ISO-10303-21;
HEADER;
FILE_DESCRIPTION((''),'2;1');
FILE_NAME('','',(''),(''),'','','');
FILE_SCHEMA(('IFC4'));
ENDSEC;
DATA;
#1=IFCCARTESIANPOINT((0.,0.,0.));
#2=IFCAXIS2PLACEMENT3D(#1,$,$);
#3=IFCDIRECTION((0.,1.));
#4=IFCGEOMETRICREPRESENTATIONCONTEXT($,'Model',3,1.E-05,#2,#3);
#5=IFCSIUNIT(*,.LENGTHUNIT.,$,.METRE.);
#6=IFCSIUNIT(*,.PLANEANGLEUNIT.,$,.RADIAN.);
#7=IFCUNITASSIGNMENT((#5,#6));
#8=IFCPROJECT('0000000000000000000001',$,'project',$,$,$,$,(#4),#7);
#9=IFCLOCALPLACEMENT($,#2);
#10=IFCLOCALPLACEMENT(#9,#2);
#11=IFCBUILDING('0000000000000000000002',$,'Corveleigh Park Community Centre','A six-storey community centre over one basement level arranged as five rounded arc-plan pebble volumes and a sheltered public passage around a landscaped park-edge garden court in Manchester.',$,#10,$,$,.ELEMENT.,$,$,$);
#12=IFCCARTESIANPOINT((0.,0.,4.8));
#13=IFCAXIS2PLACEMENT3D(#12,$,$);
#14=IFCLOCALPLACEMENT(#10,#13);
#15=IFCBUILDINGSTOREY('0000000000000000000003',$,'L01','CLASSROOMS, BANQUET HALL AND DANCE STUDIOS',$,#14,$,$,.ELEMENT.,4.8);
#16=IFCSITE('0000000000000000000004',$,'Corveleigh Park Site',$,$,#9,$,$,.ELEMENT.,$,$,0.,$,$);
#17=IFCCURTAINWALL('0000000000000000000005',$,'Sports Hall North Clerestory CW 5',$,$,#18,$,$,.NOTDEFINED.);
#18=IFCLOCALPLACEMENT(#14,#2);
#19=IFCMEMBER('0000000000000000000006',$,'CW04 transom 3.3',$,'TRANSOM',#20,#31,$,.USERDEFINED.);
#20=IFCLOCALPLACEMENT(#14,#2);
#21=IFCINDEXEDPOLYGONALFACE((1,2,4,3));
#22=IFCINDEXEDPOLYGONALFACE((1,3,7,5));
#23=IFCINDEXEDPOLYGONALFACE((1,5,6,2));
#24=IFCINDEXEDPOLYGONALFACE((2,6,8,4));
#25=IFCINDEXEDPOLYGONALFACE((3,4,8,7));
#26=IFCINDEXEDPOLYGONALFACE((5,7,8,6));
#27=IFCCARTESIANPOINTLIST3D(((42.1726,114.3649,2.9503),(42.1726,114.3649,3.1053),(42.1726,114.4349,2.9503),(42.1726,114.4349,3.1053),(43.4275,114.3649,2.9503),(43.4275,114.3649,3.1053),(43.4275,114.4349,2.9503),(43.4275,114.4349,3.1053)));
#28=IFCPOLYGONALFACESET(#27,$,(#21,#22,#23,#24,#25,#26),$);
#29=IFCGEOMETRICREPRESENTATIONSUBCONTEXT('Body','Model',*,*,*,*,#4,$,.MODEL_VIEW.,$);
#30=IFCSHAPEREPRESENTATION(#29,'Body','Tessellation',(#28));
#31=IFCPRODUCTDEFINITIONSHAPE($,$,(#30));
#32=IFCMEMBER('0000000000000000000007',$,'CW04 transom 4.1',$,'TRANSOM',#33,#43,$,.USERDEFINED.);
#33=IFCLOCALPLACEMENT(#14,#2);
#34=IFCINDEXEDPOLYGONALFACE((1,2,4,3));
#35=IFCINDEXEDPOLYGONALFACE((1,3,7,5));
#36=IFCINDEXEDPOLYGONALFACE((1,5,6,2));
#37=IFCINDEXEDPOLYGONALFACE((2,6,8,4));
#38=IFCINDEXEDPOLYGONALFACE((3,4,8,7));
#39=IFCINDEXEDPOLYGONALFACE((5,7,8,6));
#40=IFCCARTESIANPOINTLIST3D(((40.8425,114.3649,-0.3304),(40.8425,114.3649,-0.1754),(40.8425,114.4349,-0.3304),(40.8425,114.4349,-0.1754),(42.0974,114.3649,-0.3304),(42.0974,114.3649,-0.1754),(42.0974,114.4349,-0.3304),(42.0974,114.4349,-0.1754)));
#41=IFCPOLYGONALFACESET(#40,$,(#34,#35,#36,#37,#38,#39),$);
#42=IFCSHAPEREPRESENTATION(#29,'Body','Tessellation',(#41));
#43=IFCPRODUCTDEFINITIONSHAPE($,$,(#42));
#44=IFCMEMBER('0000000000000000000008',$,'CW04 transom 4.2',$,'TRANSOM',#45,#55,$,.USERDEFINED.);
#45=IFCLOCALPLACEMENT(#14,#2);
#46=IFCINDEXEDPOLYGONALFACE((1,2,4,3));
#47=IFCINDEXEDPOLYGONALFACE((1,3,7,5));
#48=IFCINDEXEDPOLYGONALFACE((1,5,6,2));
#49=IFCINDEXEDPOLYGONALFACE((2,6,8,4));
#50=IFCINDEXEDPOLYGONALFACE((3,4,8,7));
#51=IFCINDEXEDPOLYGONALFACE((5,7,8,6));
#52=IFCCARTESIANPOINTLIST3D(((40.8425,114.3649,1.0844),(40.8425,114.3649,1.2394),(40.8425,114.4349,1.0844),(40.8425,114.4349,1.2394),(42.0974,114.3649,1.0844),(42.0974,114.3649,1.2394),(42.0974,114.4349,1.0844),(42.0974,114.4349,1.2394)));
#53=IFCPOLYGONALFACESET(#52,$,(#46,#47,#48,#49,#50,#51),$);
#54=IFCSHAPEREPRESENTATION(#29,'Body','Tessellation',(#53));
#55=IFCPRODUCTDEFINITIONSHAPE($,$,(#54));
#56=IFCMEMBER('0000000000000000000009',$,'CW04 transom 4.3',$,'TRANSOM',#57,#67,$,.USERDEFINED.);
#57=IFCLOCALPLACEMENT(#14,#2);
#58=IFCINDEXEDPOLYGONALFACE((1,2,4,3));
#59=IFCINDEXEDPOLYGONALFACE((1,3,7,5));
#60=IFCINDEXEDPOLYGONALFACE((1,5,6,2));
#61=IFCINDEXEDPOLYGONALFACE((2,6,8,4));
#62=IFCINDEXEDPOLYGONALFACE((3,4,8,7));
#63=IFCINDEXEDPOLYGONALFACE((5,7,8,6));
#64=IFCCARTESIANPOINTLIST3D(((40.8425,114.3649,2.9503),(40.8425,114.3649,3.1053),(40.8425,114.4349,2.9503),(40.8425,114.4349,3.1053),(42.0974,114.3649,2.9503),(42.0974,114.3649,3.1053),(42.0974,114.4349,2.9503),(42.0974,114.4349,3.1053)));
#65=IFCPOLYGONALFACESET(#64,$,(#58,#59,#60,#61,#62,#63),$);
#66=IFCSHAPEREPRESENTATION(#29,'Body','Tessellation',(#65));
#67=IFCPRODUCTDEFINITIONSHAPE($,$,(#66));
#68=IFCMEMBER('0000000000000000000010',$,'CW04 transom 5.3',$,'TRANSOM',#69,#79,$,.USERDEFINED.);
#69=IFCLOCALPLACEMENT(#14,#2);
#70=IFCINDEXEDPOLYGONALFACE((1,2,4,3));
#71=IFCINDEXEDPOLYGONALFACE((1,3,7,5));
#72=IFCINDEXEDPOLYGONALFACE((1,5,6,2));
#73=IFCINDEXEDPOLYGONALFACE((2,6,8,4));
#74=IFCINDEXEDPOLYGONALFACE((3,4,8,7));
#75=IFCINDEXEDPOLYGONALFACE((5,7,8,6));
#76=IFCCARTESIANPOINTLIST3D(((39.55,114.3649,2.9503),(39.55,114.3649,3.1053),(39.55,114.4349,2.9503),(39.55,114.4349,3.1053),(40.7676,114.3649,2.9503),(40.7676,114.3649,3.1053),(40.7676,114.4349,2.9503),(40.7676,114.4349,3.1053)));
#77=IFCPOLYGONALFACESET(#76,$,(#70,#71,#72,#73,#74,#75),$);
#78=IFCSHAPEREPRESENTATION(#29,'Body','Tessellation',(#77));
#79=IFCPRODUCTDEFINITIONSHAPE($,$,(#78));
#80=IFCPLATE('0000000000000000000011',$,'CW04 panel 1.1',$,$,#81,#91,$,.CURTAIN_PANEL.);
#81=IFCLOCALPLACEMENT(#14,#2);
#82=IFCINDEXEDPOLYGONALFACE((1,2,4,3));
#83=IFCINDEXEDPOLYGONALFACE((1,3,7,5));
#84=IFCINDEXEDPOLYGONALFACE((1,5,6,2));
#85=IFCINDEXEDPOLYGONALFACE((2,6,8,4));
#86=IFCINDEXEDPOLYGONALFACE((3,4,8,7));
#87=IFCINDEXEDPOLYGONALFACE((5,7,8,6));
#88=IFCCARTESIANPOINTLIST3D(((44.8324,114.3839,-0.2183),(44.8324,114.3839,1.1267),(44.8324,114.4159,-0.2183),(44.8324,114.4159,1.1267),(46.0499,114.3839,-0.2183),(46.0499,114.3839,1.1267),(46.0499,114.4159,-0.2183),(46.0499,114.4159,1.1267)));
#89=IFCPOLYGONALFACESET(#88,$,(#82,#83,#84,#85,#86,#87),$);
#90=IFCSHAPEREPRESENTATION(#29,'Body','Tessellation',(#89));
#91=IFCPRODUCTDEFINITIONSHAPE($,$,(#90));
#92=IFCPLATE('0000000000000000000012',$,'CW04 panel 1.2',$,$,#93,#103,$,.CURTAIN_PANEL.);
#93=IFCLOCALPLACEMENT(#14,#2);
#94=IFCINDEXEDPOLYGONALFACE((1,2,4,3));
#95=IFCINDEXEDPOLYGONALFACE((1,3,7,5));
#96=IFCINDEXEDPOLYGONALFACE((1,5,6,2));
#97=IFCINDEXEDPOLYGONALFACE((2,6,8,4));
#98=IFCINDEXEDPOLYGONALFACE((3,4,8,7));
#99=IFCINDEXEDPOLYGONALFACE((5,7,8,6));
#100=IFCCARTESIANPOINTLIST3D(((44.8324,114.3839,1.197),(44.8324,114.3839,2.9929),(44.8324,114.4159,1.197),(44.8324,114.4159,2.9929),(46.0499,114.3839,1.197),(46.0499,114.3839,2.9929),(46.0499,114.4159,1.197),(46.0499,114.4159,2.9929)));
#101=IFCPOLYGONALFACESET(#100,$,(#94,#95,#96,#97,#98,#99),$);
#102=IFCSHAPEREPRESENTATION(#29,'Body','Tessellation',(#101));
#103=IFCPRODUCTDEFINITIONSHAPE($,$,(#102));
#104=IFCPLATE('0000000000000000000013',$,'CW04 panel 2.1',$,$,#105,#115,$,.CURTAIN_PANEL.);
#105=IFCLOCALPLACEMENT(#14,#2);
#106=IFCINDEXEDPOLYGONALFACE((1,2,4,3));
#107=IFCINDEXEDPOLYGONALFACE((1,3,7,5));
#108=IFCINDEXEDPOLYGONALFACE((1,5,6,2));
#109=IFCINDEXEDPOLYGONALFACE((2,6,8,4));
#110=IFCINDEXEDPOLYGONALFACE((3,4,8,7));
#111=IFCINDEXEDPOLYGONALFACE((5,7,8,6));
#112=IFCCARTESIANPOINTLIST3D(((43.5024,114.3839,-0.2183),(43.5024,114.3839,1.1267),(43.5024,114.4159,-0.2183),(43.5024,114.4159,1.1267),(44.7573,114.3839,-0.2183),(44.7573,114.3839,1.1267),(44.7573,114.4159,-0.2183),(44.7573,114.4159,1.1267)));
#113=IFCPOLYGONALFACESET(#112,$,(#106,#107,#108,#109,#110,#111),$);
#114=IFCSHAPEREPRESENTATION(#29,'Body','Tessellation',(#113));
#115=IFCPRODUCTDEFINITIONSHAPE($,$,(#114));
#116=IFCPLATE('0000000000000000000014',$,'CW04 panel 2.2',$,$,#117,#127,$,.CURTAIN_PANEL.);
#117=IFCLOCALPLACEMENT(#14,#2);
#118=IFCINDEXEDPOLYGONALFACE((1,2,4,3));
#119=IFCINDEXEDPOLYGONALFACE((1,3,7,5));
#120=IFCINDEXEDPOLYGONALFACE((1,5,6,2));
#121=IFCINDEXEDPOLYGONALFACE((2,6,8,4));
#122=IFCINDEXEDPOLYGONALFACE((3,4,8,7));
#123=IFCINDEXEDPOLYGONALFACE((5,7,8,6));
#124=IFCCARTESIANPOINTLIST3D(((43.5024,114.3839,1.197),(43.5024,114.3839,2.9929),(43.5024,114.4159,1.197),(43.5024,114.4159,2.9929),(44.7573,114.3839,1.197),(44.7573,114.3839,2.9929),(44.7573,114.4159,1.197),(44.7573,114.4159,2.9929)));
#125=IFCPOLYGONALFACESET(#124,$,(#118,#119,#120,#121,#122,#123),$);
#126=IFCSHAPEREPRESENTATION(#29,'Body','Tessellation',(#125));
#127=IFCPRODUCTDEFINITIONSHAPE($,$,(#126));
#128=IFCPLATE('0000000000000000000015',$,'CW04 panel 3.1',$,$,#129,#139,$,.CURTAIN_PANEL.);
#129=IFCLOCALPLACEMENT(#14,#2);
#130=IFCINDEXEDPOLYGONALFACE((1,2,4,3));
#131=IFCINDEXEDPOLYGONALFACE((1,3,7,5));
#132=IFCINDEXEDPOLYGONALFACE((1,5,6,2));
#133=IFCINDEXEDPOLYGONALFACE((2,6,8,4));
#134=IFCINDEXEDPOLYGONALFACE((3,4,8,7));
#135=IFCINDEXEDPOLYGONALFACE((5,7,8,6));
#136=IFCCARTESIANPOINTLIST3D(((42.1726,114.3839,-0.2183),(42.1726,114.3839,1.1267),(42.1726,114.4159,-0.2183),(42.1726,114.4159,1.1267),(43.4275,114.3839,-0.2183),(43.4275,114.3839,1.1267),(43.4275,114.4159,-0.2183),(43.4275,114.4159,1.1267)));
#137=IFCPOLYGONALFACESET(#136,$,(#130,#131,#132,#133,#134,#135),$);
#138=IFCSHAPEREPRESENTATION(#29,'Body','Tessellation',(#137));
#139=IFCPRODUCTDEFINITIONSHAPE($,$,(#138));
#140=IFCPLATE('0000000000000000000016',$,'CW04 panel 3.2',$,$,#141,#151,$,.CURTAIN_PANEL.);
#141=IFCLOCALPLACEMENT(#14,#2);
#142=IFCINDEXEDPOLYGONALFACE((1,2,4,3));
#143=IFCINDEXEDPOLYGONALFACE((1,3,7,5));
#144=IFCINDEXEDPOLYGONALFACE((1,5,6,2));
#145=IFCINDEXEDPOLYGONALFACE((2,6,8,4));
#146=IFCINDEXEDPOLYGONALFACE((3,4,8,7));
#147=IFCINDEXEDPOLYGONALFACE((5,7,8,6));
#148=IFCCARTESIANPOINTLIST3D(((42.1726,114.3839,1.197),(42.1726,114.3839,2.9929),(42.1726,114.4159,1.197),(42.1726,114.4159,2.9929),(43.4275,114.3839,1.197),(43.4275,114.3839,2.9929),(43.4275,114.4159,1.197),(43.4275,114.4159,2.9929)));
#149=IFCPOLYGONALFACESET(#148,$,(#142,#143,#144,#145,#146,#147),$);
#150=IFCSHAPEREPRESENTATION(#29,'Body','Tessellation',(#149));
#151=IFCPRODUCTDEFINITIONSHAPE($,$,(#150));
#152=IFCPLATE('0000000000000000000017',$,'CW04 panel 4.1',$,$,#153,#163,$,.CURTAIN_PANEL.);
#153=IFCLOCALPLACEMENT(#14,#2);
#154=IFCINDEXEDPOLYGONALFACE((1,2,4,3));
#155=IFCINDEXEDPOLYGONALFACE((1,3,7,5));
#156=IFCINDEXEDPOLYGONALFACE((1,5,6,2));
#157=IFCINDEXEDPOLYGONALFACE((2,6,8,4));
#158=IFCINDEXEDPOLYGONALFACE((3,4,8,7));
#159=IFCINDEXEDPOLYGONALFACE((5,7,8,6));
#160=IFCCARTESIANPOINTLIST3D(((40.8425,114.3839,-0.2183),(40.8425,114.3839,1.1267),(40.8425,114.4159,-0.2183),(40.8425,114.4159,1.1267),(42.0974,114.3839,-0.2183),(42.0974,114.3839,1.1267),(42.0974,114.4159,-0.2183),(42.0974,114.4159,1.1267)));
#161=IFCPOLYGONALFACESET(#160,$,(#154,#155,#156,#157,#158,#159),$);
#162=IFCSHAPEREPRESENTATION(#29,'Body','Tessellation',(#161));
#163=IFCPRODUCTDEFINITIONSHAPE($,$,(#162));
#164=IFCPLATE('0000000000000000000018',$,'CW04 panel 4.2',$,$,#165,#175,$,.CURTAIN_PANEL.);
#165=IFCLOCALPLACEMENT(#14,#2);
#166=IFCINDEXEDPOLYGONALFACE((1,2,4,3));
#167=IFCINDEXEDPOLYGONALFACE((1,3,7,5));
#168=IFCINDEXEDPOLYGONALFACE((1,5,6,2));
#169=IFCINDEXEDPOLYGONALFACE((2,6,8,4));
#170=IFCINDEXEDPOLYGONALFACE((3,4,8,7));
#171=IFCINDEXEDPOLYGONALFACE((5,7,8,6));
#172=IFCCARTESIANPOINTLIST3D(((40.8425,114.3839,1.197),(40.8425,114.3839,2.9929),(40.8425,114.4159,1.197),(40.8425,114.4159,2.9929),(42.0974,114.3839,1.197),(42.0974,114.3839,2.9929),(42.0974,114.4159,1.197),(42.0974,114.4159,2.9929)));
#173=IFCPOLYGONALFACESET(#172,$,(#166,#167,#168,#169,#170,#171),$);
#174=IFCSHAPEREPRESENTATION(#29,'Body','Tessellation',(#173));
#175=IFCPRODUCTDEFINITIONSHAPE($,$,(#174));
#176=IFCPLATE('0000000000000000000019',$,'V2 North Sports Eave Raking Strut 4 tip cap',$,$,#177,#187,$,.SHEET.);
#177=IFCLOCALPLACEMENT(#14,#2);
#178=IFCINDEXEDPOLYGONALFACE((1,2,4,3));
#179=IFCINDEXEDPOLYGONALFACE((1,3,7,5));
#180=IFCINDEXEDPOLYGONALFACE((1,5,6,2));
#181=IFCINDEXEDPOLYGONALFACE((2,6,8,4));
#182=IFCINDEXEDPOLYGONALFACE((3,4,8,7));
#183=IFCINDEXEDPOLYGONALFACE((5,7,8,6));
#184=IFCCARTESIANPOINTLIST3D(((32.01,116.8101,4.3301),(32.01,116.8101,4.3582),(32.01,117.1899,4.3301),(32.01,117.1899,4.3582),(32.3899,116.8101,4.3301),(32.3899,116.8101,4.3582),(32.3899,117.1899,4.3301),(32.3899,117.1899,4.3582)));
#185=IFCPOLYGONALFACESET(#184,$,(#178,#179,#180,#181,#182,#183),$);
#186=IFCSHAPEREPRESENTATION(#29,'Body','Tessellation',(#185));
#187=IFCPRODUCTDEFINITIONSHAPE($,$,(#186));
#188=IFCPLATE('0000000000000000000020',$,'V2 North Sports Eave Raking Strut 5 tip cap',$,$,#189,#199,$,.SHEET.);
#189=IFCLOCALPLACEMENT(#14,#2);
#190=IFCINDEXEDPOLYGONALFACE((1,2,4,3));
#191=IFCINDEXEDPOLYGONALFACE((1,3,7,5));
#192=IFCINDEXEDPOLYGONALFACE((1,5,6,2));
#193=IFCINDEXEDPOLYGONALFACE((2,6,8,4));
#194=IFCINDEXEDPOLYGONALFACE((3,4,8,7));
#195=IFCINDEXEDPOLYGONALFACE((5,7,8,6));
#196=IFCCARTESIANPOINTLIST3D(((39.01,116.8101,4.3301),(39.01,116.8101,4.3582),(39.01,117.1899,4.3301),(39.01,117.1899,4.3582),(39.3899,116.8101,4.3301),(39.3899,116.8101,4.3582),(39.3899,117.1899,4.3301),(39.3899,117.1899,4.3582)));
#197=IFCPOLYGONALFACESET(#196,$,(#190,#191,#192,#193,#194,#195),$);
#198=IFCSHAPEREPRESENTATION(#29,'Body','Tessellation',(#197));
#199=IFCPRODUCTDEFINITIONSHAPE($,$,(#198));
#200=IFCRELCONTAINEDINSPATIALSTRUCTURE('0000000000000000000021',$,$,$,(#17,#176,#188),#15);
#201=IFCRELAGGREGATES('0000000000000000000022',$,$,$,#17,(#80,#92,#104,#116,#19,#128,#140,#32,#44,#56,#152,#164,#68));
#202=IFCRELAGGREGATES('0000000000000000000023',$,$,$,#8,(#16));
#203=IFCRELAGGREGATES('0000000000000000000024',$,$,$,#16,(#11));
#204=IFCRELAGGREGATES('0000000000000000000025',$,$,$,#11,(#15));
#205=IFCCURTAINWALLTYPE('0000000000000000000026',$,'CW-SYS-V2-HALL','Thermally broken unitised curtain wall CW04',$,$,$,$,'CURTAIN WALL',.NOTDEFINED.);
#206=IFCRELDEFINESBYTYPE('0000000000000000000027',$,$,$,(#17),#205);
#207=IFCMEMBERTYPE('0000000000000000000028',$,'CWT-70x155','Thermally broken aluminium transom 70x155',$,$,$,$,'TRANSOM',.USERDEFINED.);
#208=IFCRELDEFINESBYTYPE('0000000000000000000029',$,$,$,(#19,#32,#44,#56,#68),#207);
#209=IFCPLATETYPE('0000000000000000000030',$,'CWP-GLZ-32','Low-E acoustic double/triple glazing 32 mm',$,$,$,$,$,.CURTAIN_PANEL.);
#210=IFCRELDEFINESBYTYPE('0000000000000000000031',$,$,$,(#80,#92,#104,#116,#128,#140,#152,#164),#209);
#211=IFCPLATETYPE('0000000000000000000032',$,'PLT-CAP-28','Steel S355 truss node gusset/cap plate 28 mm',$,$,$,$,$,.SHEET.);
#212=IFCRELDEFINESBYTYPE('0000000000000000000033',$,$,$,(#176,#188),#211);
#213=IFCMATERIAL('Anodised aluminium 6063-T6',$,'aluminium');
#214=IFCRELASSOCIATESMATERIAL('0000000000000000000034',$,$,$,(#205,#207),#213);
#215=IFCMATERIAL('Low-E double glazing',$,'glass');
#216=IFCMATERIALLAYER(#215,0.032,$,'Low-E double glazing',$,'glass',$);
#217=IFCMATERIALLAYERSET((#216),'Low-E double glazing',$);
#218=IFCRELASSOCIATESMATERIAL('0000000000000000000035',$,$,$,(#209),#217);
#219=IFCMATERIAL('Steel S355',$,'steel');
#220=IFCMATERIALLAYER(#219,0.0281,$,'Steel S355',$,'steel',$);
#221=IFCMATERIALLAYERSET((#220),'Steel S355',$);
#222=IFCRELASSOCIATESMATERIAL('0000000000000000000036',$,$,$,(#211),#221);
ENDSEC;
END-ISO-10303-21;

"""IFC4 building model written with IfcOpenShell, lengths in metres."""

from ifc_helpers import new_model, si_unit, direction, frame, origin, origin_2d, place, context, subcontext, project, spatial, rectangle, extrude, material, layer, layer_set, material_profile, profile_set, type_object, element, aggregate, save


model = new_model("IFC4")

# Units and contexts
model_context = context("Model", 3, precision=1e-05, world=origin(), true_north=direction((0.0, 1.0)))
body_context = subcontext(model_context, "Body", "Model", "MODEL_VIEW")
ifc_project = project(units=[si_unit("LENGTHUNIT", "METRE"), si_unit("PLANEANGLEUNIT", "RADIAN")], contexts=[model_context])

# Site, building, storey
site_placement = place(None, origin())
site = spatial("IfcSite", under=ifc_project, at=site_placement, Name="Corveleigh Park Site", CompositionType="ELEMENT", RefElevation=0.0)
building_placement = place(site_placement, origin())
building = spatial("IfcBuilding", under=site, at=building_placement, Name="Corveleigh Park Community Centre", Description="A six-storey community centre over one basement level arranged as five rounded arc-plan pebble volumes and a sheltered public passage around a landscaped park-edge garden court in Manchester.", CompositionType="ELEMENT")
storey_placement = place(building_placement, frame((0.0, 0.0, 4.8)))
storey = spatial("IfcBuildingStorey", under=building, at=storey_placement, Name="L01", Description="CLASSROOMS, BANQUET HALL AND DANCE STUDIOS", CompositionType="ELEMENT", Elevation=4.8)

# Curtain wall, members, plates
ifc_material_1 = material(Name="Anodised aluminium 6063-T6", Category="aluminium")
curtain_wall_type = type_object("IfcCurtainWallType", Name="CW-SYS-V2-HALL", Description="Thermally broken unitised curtain wall CW04", ElementType="CURTAIN WALL", PredefinedType="NOTDEFINED", material=ifc_material_1)
curtain_wall_placement = place(storey_placement, origin())
curtain_wall = element("IfcCurtainWall", 1, at=curtain_wall_placement, inside=storey, type_object=curtain_wall_type, Name="Sports Hall North Clerestory CW 5", PredefinedType="NOTDEFINED")
ifc_material_profile_1 = material_profile(ifc_material_1, rectangle(XDim=0.0701, YDim=0.155, at=origin_2d()), Name="ALU-T70x155", Category="aluminium")
ifc_profile_set_1 = profile_set([ifc_material_profile_1], Name="Anodised aluminium 6063-T6")
member_type_1 = type_object("IfcMemberType", Name="CWT-70x155", Description="Thermally broken aluminium transom 70x155", ElementType="TRANSOM", PredefinedType="USERDEFINED", material=ifc_profile_set_1)
member_1_placement = place(storey_placement, frame((43.4275, 114.3999, 3.0278), z_axis=(-1.0, 0.0, 0.0), x_axis=(0.0, -1.0, 0.0)))
member_1 = element("IfcMember", 2, at=member_1_placement, type_object=member_type_1, Name="CW04 transom 3.3", ObjectType="TRANSOM", PredefinedType="USERDEFINED", context=body_context, shape_type="SweptSolid", body=[
    extrude(rectangle(XDim=0.0701, YDim=0.155, at=origin_2d()), origin(), (0.0, 0.0, 1.0), 1.2549),
])
member_2_placement = place(storey_placement, frame((42.0974, 114.3999, -0.2529), z_axis=(-1.0, 0.0, 0.0), x_axis=(0.0, -1.0, 0.0)))
member_2 = element("IfcMember", 3, at=member_2_placement, type_object=member_type_1, Name="CW04 transom 4.1", ObjectType="TRANSOM", PredefinedType="USERDEFINED", context=body_context, shape_type="SweptSolid", body=[
    extrude(rectangle(XDim=0.0701, YDim=0.155, at=origin_2d()), origin(), (0.0, 0.0, 1.0), 1.2549),
])
member_3_placement = place(storey_placement, frame((42.0974, 114.3999, 1.1619), z_axis=(-1.0, 0.0, 0.0), x_axis=(0.0, -1.0, 0.0)))
member_3 = element("IfcMember", 4, at=member_3_placement, type_object=member_type_1, Name="CW04 transom 4.2", ObjectType="TRANSOM", PredefinedType="USERDEFINED", context=body_context, shape_type="SweptSolid", body=[
    extrude(rectangle(XDim=0.0701, YDim=0.155, at=origin_2d()), origin(), (0.0, 0.0, 1.0), 1.2549),
])
member_4_placement = place(storey_placement, frame((42.0974, 114.3999, 3.0278), z_axis=(-1.0, 0.0, 0.0), x_axis=(0.0, -1.0, 0.0)))
member_4 = element("IfcMember", 5, at=member_4_placement, type_object=member_type_1, Name="CW04 transom 4.3", ObjectType="TRANSOM", PredefinedType="USERDEFINED", context=body_context, shape_type="SweptSolid", body=[
    extrude(rectangle(XDim=0.0701, YDim=0.155, at=origin_2d()), origin(), (0.0, 0.0, 1.0), 1.2549),
])
member_5_placement = place(storey_placement, frame((40.7676, 114.3999, 3.0278), z_axis=(-1.0, 0.0, 0.0), x_axis=(0.0, -1.0, 0.0)))
member_5 = element("IfcMember", 6, at=member_5_placement, type_object=member_type_1, Name="CW04 transom 5.3", ObjectType="TRANSOM", PredefinedType="USERDEFINED", context=body_context, shape_type="SweptSolid", body=[
    extrude(rectangle(XDim=0.0701, YDim=0.155, at=origin_2d()), origin(), (0.0, 0.0, 1.0), 1.2175),
])
ifc_material_2 = material(Name="Low-E double glazing", Category="glass")
ifc_layer_1 = layer(ifc_material_2, 0.032, Name="Low-E double glazing", Category="glass")
ifc_layer_set_1 = layer_set([ifc_layer_1], Name="Low-E double glazing")
plate_type_1 = type_object("IfcPlateType", Name="CWP-GLZ-32", Description="Low-E acoustic double/triple glazing 32 mm", PredefinedType="CURTAIN_PANEL", material=ifc_layer_set_1)
plate_1_placement = place(storey_placement, frame((45.4412, 114.3999, -0.2183), z_axis=(0.0, 0.0, 1.0), x_axis=(-1.0, 0.0, 0.0)))
plate_1 = element("IfcPlate", 7, at=plate_1_placement, type_object=plate_type_1, Name="CW04 panel 1.1", PredefinedType="CURTAIN_PANEL", context=body_context, shape_type="SweptSolid", body=[
    extrude(rectangle(XDim=1.2175, YDim=0.032, at=origin_2d()), origin(), (0.0, 0.0, 1.0), 1.345),
])
plate_2_placement = place(storey_placement, frame((45.4412, 114.3999, 1.197), z_axis=(0.0, 0.0, 1.0), x_axis=(-1.0, 0.0, 0.0)))
plate_2 = element("IfcPlate", 8, at=plate_2_placement, type_object=plate_type_1, Name="CW04 panel 1.2", PredefinedType="CURTAIN_PANEL", context=body_context, shape_type="SweptSolid", body=[
    extrude(rectangle(XDim=1.2175, YDim=0.032, at=origin_2d()), origin(), (0.0, 0.0, 1.0), 1.7959),
])
plate_3_placement = place(storey_placement, frame((44.1299, 114.3999, -0.2183), z_axis=(0.0, 0.0, 1.0), x_axis=(-1.0, 0.0, 0.0)))
plate_3 = element("IfcPlate", 9, at=plate_3_placement, type_object=plate_type_1, Name="CW04 panel 2.1", PredefinedType="CURTAIN_PANEL", context=body_context, shape_type="SweptSolid", body=[
    extrude(rectangle(XDim=1.2549, YDim=0.032, at=origin_2d()), origin(), (0.0, 0.0, 1.0), 1.345),
])
plate_4_placement = place(storey_placement, frame((44.1299, 114.3999, 1.197), z_axis=(0.0, 0.0, 1.0), x_axis=(-1.0, 0.0, 0.0)))
plate_4 = element("IfcPlate", 10, at=plate_4_placement, type_object=plate_type_1, Name="CW04 panel 2.2", PredefinedType="CURTAIN_PANEL", context=body_context, shape_type="SweptSolid", body=[
    extrude(rectangle(XDim=1.2549, YDim=0.032, at=origin_2d()), origin(), (0.0, 0.0, 1.0), 1.7959),
])
plate_5_placement = place(storey_placement, frame((42.8, 114.3999, -0.2183), z_axis=(0.0, 0.0, 1.0), x_axis=(-1.0, 0.0, 0.0)))
plate_5 = element("IfcPlate", 11, at=plate_5_placement, type_object=plate_type_1, Name="CW04 panel 3.1", PredefinedType="CURTAIN_PANEL", context=body_context, shape_type="SweptSolid", body=[
    extrude(rectangle(XDim=1.2549, YDim=0.032, at=origin_2d()), origin(), (0.0, 0.0, 1.0), 1.345),
])
plate_6_placement = place(storey_placement, frame((42.8, 114.3999, 1.197), z_axis=(0.0, 0.0, 1.0), x_axis=(-1.0, 0.0, 0.0)))
plate_6 = element("IfcPlate", 12, at=plate_6_placement, type_object=plate_type_1, Name="CW04 panel 3.2", PredefinedType="CURTAIN_PANEL", context=body_context, shape_type="SweptSolid", body=[
    extrude(rectangle(XDim=1.2549, YDim=0.032, at=origin_2d()), origin(), (0.0, 0.0, 1.0), 1.7959),
])
plate_7_placement = place(storey_placement, frame((41.47, 114.3999, -0.2183), z_axis=(0.0, 0.0, 1.0), x_axis=(-1.0, 0.0, 0.0)))
plate_7 = element("IfcPlate", 13, at=plate_7_placement, type_object=plate_type_1, Name="CW04 panel 4.1", PredefinedType="CURTAIN_PANEL", context=body_context, shape_type="SweptSolid", body=[
    extrude(rectangle(XDim=1.2549, YDim=0.032, at=origin_2d()), origin(), (0.0, 0.0, 1.0), 1.345),
])
plate_8_placement = place(storey_placement, frame((41.47, 114.3999, 1.197), z_axis=(0.0, 0.0, 1.0), x_axis=(-1.0, 0.0, 0.0)))
plate_8 = element("IfcPlate", 14, at=plate_8_placement, type_object=plate_type_1, Name="CW04 panel 4.2", PredefinedType="CURTAIN_PANEL", context=body_context, shape_type="SweptSolid", body=[
    extrude(rectangle(XDim=1.2549, YDim=0.032, at=origin_2d()), origin(), (0.0, 0.0, 1.0), 1.7959),
])
aggregate(curtain_wall, [plate_1, plate_2, plate_3, plate_4, member_1, plate_5, plate_6, member_2, member_3, member_4, plate_7, plate_8, member_5])

# Plates
ifc_material_3 = material(Name="Steel S355", Category="steel")
ifc_layer_2 = layer(ifc_material_3, 0.0281, Name="Steel S355", Category="steel")
ifc_layer_set_2 = layer_set([ifc_layer_2], Name="Steel S355")
plate_type_2 = type_object("IfcPlateType", Name="PLT-CAP-28", Description="Steel S355 truss node gusset/cap plate 28 mm", PredefinedType="SHEET", material=ifc_layer_set_2)
for number, where, z_axis, x_axis, name in (
    (15, (32.2, 117.0, 4.3301), (0.0, 0.0, 1.0), (1.0, 0.0, 0.0), "V2 North Sports Eave Raking Strut 4 tip cap"),
    (16, (39.2, 117.0, 4.3301), (0.0, 0.0, 1.0), (1.0, 0.0, 0.0), "V2 North Sports Eave Raking Strut 5 tip cap"),
):
    element("IfcPlate", number, at=place(storey_placement, frame(where, z_axis=z_axis, x_axis=x_axis)), inside=storey, type_object=plate_type_2, Name=name, PredefinedType="SHEET", context=body_context, shape_type="SweptSolid", body=[
        extrude(rectangle(XDim=0.3799, YDim=0.3799, at=origin_2d()), origin(), (0.0, 0.0, 1.0), 0.0281),
    ])

save(model, "model.ifc")
